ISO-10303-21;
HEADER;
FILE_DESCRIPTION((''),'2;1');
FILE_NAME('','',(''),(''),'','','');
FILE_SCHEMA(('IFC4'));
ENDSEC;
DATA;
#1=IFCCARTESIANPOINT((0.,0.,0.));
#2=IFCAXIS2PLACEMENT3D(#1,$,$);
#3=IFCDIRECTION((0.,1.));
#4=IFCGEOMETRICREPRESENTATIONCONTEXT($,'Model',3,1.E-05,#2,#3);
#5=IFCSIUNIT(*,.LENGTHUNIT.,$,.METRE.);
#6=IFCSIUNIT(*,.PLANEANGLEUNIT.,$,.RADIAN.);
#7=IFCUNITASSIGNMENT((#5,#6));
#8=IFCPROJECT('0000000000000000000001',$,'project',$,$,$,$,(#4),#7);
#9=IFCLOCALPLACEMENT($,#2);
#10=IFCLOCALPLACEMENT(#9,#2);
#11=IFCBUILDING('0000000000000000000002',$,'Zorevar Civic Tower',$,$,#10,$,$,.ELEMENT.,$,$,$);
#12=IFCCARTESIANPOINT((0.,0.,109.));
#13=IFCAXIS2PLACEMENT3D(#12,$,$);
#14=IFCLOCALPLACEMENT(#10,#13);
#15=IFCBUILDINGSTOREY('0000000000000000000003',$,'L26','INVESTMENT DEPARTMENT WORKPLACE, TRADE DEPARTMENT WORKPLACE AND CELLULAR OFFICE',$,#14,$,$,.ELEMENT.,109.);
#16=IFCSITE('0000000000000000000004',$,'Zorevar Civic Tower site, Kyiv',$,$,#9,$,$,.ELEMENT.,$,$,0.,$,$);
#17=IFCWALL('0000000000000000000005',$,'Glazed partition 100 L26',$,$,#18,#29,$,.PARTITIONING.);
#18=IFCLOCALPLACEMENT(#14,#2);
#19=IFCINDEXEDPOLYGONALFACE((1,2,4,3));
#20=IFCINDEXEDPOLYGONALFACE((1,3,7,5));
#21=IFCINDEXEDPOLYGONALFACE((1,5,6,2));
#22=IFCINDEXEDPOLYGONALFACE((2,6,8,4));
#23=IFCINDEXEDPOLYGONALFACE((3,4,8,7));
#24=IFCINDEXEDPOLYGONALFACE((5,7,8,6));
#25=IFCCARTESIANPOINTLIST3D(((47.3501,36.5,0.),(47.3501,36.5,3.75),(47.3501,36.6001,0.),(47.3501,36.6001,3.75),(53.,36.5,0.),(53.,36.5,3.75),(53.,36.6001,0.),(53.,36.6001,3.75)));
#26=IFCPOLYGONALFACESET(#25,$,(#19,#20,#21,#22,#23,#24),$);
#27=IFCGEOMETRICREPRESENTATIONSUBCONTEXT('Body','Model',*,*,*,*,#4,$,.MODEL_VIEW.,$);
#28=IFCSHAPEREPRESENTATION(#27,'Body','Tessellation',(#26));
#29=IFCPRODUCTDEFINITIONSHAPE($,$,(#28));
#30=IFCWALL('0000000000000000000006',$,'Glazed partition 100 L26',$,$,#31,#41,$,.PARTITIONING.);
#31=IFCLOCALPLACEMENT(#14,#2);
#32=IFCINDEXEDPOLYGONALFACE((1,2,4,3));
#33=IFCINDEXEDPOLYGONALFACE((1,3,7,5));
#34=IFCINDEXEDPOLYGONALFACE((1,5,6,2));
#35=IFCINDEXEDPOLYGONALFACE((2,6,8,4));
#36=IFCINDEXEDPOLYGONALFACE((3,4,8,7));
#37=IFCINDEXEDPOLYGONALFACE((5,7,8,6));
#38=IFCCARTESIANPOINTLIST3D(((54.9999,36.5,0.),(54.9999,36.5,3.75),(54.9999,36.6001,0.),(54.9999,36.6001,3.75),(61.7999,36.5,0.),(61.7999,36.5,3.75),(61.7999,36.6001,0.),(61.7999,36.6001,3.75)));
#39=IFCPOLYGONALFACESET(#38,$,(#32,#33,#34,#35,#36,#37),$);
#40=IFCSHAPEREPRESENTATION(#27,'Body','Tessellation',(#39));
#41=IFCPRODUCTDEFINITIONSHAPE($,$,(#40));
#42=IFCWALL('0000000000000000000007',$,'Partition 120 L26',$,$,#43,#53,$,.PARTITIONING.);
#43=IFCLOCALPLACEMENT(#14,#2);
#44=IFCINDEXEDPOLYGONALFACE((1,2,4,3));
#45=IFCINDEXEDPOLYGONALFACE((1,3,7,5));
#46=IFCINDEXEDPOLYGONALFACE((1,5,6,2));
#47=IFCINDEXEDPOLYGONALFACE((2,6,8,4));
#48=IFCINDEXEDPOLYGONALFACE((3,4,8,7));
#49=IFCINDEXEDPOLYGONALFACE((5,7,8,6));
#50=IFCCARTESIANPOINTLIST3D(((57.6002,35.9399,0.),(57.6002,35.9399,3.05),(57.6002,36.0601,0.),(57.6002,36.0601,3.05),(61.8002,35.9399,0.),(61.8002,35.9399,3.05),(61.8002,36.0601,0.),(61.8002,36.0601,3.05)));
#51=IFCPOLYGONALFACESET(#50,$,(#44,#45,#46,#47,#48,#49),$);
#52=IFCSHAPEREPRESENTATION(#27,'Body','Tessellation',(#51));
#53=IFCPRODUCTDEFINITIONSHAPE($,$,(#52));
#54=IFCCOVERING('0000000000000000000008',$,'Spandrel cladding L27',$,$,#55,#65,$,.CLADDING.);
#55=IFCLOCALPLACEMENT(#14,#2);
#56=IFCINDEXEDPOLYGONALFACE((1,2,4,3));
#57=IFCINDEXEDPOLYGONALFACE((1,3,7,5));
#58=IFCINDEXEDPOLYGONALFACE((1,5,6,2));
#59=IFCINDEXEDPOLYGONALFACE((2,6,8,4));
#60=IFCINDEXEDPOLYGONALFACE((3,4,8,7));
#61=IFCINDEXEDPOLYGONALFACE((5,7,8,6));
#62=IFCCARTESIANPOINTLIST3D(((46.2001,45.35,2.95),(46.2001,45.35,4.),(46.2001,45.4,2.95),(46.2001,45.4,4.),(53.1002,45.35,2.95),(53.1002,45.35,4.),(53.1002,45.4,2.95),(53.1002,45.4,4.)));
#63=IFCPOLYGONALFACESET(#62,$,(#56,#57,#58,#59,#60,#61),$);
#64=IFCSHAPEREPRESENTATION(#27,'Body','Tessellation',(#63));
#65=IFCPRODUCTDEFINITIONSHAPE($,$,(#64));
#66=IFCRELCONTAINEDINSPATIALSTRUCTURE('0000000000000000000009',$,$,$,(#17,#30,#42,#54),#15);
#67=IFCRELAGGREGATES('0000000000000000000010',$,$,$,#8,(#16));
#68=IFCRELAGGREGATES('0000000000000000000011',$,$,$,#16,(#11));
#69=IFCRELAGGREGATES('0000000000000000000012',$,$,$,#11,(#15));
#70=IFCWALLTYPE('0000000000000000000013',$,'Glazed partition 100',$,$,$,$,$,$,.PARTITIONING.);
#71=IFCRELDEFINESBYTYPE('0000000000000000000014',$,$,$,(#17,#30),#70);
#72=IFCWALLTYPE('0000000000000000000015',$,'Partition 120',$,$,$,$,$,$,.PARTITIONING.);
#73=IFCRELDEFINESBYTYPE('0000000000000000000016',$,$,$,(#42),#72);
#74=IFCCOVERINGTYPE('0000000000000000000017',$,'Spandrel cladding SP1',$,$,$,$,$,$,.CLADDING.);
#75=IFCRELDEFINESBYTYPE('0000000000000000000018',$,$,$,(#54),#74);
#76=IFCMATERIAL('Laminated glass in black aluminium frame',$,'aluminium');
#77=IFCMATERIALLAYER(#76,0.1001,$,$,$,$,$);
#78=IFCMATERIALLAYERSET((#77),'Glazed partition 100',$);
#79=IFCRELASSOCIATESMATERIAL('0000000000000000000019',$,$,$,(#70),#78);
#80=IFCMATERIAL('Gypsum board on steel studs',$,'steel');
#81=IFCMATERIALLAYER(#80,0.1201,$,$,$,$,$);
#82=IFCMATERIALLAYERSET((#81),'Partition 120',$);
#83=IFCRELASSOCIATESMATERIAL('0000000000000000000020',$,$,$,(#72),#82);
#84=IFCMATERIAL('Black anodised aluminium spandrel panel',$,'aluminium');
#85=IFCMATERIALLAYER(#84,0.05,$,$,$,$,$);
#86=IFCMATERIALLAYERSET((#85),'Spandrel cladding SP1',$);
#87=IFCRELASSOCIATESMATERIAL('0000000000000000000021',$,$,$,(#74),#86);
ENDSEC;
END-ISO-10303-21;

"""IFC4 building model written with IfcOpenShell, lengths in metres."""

from ifc_helpers import new_model, si_unit, direction, frame, frame_2d, origin, place, context, subcontext, project, spatial, rectangle, extrude, material, layer, layer_set, type_object, element, save


model = new_model("IFC4")

# Units and contexts
model_context = context("Model", 3, precision=1e-05, world=origin(), true_north=direction((0.0, 1.0)))
body_context = subcontext(model_context, "Body", "Model", "MODEL_VIEW")
ifc_project = project(units=[si_unit("LENGTHUNIT", "METRE"), si_unit("PLANEANGLEUNIT", "RADIAN")], contexts=[model_context])

# Site, building, storey
site_placement = place(None, origin())
site = spatial("IfcSite", under=ifc_project, at=site_placement, Name="Zorevar Civic Tower site, Kyiv", CompositionType="ELEMENT", RefElevation=0.0)
building_placement = place(site_placement, origin())
building = spatial("IfcBuilding", under=site, at=building_placement, Name="Zorevar Civic Tower", CompositionType="ELEMENT")
storey_placement = place(building_placement, frame((0.0, 0.0, 109.0)))
storey = spatial("IfcBuildingStorey", under=building, at=storey_placement, Name="L26", Description="INVESTMENT DEPARTMENT WORKPLACE, TRADE DEPARTMENT WORKPLACE AND CELLULAR OFFICE", CompositionType="ELEMENT", Elevation=109.0)

# Walls
ifc_material_1 = material(Name="Laminated glass in black aluminium frame", Category="aluminium")
ifc_layer_1 = layer(ifc_material_1, 0.1001)
ifc_layer_set_1 = layer_set([ifc_layer_1], Name="Glazed partition 100")
wall_type_1 = type_object("IfcWallType", Name="Glazed partition 100", PredefinedType="PARTITIONING", material=ifc_layer_set_1)
wall_1_placement = place(storey_placement, frame((47.3501, 36.55, 0.0), z_axis=(0.0, 0.0, 1.0), x_axis=(1.0, 0.0, 0.0)))
element("IfcWall", 1, at=wall_1_placement, inside=storey, type_object=wall_type_1, Name="Glazed partition 100 L26", PredefinedType="PARTITIONING", context=body_context, shape_type="SweptSolid", body=[
    extrude(rectangle(XDim=5.6499, YDim=0.1001, at=frame_2d((2.825, 0.0))), origin(), (0.0, 0.0, 1.0), 3.75),
])
wall_2_placement = place(storey_placement, frame((55.0, 36.55, 0.0), z_axis=(0.0, 0.0, 1.0), x_axis=(1.0, 0.0, 0.0)))
element("IfcWall", 2, at=wall_2_placement, inside=storey, type_object=wall_type_1, Name="Glazed partition 100 L26", PredefinedType="PARTITIONING", context=body_context, shape_type="SweptSolid", body=[
    extrude(rectangle(XDim=6.8, YDim=0.1001, at=frame_2d((3.3999, 0.0))), origin(), (0.0, 0.0, 1.0), 3.75),
])
ifc_material_2 = material(Name="Gypsum board on steel studs", Category="steel")
ifc_layer_2 = layer(ifc_material_2, 0.1201)
ifc_layer_set_2 = layer_set([ifc_layer_2], Name="Partition 120")
wall_type_2 = type_object("IfcWallType", Name="Partition 120", PredefinedType="PARTITIONING", material=ifc_layer_set_2)
wall_3_placement = place(storey_placement, frame((57.6001, 36.0, 0.0), z_axis=(0.0, 0.0, 1.0), x_axis=(1.0, 0.0, 0.0)))
element("IfcWall", 3, at=wall_3_placement, inside=storey, type_object=wall_type_2, Name="Partition 120 L26", PredefinedType="PARTITIONING", context=body_context, shape_type="SweptSolid", body=[
    extrude(rectangle(XDim=4.2, YDim=0.1201, at=frame_2d((2.1001, 0.0))), origin(), (0.0, 0.0, 1.0), 3.05),
])

# Covering
ifc_material_3 = material(Name="Black anodised aluminium spandrel panel", Category="aluminium")
ifc_layer_3 = layer(ifc_material_3, 0.05)
ifc_layer_set_3 = layer_set([ifc_layer_3], Name="Spandrel cladding SP1")
covering_type = type_object("IfcCoveringType", Name="Spandrel cladding SP1", PredefinedType="CLADDING", material=ifc_layer_set_3)
covering_placement = place(storey_placement, frame((46.2, 45.375, 2.95), z_axis=(0.0, 0.0, 1.0), x_axis=(1.0, 0.0, 0.0)))
element("IfcCovering", 4, at=covering_placement, inside=storey, type_object=covering_type, Name="Spandrel cladding L27", PredefinedType="CLADDING", context=body_context, shape_type="SweptSolid", body=[
    extrude(rectangle(XDim=6.9001, YDim=0.05, at=frame_2d((3.4502, 0.0))), origin(), (0.0, 0.0, 1.0), 1.05),
])

save(model, "model.ifc")
